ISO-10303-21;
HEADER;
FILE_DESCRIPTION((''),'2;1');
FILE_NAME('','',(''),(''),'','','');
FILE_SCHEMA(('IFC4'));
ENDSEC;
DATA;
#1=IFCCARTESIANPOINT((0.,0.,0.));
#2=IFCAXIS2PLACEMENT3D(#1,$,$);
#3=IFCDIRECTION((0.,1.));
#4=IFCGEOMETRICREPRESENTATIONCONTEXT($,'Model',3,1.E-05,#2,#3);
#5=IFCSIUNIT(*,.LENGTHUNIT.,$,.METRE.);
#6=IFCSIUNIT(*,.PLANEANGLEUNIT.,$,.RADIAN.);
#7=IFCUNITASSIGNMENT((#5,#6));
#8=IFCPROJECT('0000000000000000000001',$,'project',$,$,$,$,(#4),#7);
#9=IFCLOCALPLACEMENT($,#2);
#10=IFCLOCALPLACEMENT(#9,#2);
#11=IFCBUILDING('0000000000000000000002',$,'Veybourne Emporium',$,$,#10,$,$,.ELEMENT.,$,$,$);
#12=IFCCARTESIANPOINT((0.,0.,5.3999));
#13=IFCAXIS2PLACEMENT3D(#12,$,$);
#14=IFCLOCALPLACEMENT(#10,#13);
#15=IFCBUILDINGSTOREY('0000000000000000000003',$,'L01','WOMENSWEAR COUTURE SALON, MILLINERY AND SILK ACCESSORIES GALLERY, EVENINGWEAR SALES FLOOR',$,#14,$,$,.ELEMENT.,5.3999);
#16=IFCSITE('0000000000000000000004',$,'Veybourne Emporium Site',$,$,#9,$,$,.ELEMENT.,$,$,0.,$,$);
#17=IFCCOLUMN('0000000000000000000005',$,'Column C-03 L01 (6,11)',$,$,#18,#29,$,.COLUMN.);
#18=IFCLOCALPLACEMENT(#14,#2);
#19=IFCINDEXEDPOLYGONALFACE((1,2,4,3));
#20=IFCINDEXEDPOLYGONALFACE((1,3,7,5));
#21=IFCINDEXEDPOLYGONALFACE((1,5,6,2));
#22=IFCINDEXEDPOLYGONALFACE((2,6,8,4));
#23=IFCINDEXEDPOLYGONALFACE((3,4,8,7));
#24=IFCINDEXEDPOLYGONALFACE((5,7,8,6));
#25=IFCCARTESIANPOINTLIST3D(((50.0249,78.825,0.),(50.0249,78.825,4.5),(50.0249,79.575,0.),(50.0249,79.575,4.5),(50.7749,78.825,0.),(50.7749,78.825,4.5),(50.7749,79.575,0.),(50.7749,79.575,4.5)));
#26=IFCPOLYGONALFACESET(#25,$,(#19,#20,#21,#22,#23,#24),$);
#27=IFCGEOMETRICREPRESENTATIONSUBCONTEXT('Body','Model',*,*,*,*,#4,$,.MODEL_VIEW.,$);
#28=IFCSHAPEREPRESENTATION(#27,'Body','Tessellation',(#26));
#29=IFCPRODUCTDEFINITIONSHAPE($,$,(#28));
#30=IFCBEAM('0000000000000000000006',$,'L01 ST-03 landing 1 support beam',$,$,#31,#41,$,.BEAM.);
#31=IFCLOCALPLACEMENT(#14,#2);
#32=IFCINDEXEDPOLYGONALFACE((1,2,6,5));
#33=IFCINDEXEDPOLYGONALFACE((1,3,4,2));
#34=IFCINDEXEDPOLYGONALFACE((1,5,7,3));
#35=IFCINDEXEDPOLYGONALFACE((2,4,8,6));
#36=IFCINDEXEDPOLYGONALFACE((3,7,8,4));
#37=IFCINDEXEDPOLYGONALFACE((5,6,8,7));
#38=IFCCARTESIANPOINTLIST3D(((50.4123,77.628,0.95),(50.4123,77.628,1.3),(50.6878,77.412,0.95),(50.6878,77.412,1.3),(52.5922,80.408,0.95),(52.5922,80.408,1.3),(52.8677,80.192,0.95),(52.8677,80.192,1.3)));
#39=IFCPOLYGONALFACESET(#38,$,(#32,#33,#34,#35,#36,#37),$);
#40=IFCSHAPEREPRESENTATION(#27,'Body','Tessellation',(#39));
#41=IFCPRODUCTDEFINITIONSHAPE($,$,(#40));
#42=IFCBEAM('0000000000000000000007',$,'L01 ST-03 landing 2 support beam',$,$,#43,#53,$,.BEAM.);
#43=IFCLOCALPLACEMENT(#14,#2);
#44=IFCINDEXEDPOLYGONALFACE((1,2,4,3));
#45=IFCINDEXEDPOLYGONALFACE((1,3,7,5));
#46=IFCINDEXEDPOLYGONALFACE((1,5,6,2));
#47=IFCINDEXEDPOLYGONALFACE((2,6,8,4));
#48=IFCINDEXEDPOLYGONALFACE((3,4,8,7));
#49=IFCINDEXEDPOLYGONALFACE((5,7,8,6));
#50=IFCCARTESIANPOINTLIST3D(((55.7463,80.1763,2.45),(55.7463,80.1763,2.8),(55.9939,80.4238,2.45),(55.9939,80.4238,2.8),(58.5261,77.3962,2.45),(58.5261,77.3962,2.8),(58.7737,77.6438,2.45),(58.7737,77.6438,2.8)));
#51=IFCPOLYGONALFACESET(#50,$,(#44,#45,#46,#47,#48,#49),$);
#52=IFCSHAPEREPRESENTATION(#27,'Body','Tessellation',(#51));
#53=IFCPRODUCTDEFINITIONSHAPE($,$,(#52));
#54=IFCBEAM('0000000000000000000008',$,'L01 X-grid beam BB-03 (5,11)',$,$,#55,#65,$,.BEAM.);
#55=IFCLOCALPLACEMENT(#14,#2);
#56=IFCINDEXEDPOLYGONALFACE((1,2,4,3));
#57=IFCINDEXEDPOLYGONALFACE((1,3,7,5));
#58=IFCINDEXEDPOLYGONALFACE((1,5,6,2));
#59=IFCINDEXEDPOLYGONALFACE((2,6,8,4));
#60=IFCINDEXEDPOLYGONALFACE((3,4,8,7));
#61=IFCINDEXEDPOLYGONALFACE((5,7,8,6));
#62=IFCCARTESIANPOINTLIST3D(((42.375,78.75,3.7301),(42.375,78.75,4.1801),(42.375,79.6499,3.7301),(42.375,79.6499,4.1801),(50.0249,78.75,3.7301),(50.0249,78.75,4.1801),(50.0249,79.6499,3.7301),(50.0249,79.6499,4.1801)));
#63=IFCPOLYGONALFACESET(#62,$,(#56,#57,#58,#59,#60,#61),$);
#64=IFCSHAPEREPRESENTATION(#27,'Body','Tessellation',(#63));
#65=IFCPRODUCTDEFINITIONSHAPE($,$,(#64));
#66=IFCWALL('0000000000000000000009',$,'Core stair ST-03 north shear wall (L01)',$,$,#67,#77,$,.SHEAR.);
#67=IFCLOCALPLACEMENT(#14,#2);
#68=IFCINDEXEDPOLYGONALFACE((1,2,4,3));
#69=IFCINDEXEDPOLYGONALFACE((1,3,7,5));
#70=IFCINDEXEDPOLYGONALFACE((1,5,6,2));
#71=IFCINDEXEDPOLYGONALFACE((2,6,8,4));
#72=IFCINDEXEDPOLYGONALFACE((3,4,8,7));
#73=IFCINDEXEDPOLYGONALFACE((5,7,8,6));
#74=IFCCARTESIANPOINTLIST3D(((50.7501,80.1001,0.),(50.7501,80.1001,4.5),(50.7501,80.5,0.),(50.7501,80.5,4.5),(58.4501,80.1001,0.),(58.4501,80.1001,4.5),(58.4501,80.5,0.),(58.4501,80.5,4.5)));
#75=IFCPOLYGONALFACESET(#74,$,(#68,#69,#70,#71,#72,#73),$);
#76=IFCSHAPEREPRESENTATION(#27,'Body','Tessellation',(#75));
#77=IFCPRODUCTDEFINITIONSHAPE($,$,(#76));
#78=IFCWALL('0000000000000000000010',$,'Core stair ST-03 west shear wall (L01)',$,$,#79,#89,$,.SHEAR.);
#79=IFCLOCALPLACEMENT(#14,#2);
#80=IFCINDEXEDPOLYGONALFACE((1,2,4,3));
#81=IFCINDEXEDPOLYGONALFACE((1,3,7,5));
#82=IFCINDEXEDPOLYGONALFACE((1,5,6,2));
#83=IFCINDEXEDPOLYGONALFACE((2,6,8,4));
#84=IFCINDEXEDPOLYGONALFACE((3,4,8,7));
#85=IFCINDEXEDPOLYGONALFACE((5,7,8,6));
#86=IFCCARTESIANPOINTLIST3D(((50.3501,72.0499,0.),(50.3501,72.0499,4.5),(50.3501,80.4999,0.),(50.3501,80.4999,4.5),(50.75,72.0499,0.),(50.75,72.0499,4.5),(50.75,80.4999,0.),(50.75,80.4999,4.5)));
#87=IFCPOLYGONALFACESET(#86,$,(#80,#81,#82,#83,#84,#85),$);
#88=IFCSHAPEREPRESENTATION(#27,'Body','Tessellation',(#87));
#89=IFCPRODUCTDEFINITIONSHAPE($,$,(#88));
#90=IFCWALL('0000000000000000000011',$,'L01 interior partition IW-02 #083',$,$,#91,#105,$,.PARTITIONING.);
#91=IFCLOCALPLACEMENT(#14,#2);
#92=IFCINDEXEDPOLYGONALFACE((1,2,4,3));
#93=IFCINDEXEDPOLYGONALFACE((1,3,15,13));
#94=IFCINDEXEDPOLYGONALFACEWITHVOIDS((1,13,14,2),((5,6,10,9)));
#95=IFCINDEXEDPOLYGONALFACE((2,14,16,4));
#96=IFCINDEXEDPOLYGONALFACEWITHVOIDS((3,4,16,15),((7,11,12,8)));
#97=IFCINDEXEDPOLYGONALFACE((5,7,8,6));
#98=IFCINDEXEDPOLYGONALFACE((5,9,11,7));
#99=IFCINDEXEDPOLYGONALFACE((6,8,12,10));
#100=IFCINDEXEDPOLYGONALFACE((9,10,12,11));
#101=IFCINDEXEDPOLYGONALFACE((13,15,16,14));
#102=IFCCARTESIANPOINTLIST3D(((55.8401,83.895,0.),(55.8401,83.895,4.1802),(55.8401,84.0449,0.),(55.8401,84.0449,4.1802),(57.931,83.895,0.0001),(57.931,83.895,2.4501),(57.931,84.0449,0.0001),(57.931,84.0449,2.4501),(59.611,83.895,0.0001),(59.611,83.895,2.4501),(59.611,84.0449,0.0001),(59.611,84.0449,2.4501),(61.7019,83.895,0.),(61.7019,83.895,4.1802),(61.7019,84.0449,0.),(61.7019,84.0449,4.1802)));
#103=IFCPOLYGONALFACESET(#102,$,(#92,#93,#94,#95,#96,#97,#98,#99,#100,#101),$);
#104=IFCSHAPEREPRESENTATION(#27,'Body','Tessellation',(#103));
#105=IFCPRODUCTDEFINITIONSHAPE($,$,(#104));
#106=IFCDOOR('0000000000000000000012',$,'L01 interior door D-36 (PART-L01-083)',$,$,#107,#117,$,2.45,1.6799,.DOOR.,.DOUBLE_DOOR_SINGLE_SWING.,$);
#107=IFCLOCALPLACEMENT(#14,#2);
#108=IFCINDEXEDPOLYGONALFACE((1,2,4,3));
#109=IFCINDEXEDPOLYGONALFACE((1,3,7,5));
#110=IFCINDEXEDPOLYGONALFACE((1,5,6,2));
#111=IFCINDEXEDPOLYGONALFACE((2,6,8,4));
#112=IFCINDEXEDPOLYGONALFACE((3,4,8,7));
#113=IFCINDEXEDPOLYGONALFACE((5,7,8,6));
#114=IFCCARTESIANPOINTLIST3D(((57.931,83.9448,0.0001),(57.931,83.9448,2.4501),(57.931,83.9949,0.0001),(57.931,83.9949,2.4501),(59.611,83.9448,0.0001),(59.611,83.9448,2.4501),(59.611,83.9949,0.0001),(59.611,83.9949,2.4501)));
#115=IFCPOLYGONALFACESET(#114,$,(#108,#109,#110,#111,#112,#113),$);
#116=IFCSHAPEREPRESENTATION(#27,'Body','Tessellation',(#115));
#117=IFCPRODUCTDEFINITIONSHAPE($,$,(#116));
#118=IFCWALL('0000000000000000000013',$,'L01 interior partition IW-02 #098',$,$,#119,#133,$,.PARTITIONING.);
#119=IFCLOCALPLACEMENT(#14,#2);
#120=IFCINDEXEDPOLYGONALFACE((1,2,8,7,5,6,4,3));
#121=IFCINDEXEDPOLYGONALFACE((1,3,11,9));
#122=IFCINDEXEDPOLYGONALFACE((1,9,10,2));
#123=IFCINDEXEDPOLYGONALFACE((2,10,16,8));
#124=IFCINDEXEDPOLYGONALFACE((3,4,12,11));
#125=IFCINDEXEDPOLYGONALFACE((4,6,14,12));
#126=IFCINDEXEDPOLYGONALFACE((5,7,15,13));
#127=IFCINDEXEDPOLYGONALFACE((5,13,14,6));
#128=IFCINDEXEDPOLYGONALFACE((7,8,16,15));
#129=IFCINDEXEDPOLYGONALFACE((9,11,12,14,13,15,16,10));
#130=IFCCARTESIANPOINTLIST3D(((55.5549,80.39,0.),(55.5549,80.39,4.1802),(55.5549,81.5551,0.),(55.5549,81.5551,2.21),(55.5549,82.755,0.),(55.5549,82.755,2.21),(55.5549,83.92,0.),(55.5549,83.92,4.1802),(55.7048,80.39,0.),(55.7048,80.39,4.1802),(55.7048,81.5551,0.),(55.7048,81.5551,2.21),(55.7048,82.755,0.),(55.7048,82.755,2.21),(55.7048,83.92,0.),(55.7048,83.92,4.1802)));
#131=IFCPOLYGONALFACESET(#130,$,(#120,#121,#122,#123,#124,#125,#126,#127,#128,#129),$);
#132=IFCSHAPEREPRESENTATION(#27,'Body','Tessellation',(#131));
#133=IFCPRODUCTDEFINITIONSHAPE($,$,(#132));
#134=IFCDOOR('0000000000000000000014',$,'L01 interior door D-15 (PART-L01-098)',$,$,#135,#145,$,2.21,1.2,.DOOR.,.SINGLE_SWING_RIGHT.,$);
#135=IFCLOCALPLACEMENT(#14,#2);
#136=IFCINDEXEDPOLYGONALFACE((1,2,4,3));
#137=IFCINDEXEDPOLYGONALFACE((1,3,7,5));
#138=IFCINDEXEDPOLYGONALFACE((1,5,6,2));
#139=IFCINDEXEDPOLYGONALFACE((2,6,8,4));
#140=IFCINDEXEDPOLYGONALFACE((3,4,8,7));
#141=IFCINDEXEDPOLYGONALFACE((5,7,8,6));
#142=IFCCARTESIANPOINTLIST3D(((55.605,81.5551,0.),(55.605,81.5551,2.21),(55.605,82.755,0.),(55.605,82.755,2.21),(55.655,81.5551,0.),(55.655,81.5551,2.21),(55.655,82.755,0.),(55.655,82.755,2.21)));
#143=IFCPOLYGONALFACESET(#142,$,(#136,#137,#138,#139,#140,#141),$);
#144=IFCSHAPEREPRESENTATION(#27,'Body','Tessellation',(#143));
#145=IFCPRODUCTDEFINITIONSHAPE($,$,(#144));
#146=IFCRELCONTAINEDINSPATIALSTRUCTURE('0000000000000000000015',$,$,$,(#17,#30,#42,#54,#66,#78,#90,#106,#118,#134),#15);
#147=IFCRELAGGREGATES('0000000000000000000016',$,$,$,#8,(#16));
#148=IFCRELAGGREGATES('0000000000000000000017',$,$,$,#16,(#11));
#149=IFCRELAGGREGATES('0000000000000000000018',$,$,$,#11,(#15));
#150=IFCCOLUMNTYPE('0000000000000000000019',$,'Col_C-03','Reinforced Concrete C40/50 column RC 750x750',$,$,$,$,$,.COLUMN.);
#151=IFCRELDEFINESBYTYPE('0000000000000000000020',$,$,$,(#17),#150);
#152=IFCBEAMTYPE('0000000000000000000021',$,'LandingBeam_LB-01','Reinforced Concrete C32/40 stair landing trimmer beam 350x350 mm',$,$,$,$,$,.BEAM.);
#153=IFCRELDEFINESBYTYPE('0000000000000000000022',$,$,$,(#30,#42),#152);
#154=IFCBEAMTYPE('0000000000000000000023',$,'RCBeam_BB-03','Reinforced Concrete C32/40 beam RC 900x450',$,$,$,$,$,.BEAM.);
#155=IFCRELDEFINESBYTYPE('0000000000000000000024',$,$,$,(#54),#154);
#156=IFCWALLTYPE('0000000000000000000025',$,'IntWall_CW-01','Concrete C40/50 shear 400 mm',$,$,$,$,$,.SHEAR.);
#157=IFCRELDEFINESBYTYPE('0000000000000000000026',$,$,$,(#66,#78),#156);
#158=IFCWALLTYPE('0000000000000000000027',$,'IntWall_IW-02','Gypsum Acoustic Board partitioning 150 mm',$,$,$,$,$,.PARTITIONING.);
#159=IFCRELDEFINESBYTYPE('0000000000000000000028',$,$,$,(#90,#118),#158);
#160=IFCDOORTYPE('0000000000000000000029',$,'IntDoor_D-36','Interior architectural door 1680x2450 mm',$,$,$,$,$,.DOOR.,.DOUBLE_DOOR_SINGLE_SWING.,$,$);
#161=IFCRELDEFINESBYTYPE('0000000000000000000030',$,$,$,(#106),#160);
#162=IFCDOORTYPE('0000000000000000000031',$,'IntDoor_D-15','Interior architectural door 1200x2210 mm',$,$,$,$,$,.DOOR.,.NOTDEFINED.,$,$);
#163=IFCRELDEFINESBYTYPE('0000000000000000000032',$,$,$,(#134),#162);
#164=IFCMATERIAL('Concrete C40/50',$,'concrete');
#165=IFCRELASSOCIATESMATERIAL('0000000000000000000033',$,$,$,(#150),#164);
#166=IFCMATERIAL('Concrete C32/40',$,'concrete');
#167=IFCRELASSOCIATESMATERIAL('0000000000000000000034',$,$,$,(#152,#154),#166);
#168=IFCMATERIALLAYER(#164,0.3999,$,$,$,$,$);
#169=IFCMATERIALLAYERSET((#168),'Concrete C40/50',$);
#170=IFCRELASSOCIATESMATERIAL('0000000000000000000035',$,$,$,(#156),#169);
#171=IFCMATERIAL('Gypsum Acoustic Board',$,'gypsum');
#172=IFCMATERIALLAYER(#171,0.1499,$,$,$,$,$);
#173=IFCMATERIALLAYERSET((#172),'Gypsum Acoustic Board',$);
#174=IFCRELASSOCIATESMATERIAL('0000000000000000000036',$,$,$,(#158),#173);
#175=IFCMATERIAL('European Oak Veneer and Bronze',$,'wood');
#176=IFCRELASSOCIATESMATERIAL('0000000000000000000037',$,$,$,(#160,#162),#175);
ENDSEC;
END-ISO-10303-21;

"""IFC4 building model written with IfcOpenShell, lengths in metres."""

from ifc_helpers import new_model, si_unit, direction, frame, frame_2d, origin, origin_2d, place, context, subcontext, project, spatial, rectangle, extrude, material, layer, layer_set, material_profile, profile_set, type_object, element, fill, save


model = new_model("IFC4")

# Units and contexts
model_context = context("Model", 3, precision=1e-05, world=origin(), true_north=direction((0.0, 1.0)))
body_context = subcontext(model_context, "Body", "Model", "MODEL_VIEW")
ifc_project = project(units=[si_unit("LENGTHUNIT", "METRE"), si_unit("PLANEANGLEUNIT", "RADIAN")], contexts=[model_context])

# Site, building, storey
site_placement = place(None, origin())
site = spatial("IfcSite", under=ifc_project, at=site_placement, Name="Veybourne Emporium Site", CompositionType="ELEMENT", RefElevation=0.0)
building_placement = place(site_placement, origin())
building = spatial("IfcBuilding", under=site, at=building_placement, Name="Veybourne Emporium", CompositionType="ELEMENT")
storey_placement = place(building_placement, frame((0.0, 0.0, 5.3999)))
storey = spatial("IfcBuildingStorey", under=building, at=storey_placement, Name="L01", Description="WOMENSWEAR COUTURE SALON, MILLINERY AND SILK ACCESSORIES GALLERY, EVENINGWEAR SALES FLOOR", CompositionType="ELEMENT", Elevation=5.3999)

# Column
ifc_material_1 = material(Name="Concrete C40/50", Category="concrete")
ifc_material_profile_1 = material_profile(ifc_material_1, rectangle(XDim=0.75, YDim=0.75, at=origin_2d()), Name="RC 750x750")
ifc_profile_set_1 = profile_set([ifc_material_profile_1], Name="Concrete C40/50")
column_type = type_object("IfcColumnType", Name="Col_C-03", Description="Reinforced Concrete C40/50 column RC 750x750", PredefinedType="COLUMN", material=ifc_profile_set_1)
column_placement = place(storey_placement, frame((50.3999, 79.2, 0.0), z_axis=(0.0, 0.0, 1.0), x_axis=(1.0, 0.0, 0.0)))
element("IfcColumn", 1, at=column_placement, inside=storey, type_object=column_type, Name="Column C-03 L01 (6,11)", PredefinedType="COLUMN", context=body_context, shape_type="SweptSolid", body=[
    extrude(rectangle(XDim=0.75, YDim=0.75, at=origin_2d()), origin(), (0.0, 0.0, 1.0), 4.5),
])

# Beams
ifc_material_2 = material(Name="Concrete C32/40", Category="concrete")
ifc_material_profile_2 = material_profile(ifc_material_2, rectangle(XDim=0.3501, YDim=0.3501, at=origin_2d()), Name="RC 350x350")
ifc_profile_set_2 = profile_set([ifc_material_profile_2], Name="Concrete C32/40")
beam_type_1 = type_object("IfcBeamType", Name="LandingBeam_LB-01", Description="Reinforced Concrete C32/40 stair landing trimmer beam 350x350 mm", PredefinedType="BEAM", material=ifc_profile_set_2)
beam_1_placement = place(storey_placement, frame((50.55, 77.52, 1.125), z_axis=(0.617055, 0.78692, 0.0), x_axis=(-0.78692, 0.617055, 0.0)))
element("IfcBeam", 2, at=beam_1_placement, inside=storey, type_object=beam_type_1, Name="L01 ST-03 landing 1 support beam", PredefinedType="BEAM", context=body_context, shape_type="SweptSolid", body=[
    extrude(rectangle(XDim=0.3501, YDim=0.3501, at=origin_2d()), origin(), (0.0, 0.0, 1.0), 3.5327),
])
beam_2_placement = place(storey_placement, frame((55.8701, 80.3, 2.625), z_axis=(0.707076, -0.707138, 0.0), x_axis=(0.707138, 0.707076, 0.0)))
element("IfcBeam", 3, at=beam_2_placement, inside=storey, type_object=beam_type_1, Name="L01 ST-03 landing 2 support beam", PredefinedType="BEAM", context=body_context, shape_type="SweptSolid", body=[
    extrude(rectangle(XDim=0.3501, YDim=0.3501, at=origin_2d()), origin(), (0.0, 0.0, 1.0), 3.9314),
])
ifc_material_profile_3 = material_profile(ifc_material_2, rectangle(XDim=0.8999, YDim=0.45, at=origin_2d()), Name="RC 900x450")
ifc_profile_set_3 = profile_set([ifc_material_profile_3], Name="Concrete C32/40")
beam_type_2 = type_object("IfcBeamType", Name="RCBeam_BB-03", Description="Reinforced Concrete C32/40 beam RC 900x450", PredefinedType="BEAM", material=ifc_profile_set_3)
beam_3_placement = place(storey_placement, frame((42.375, 79.2, 3.9551), z_axis=(1.0, 0.0, 0.0), x_axis=(0.0, 1.0, 0.0)))
element("IfcBeam", 4, at=beam_3_placement, inside=storey, type_object=beam_type_2, Name="L01 X-grid beam BB-03 (5,11)", PredefinedType="BEAM", context=body_context, shape_type="SweptSolid", body=[
    extrude(rectangle(XDim=0.8999, YDim=0.45, at=origin_2d()), origin(), (0.0, 0.0, 1.0), 7.6499),
])

# Walls
ifc_layer_1 = layer(ifc_material_1, 0.3999)
ifc_layer_set_1 = layer_set([ifc_layer_1], Name="Concrete C40/50")
wall_type_1 = type_object("IfcWallType", Name="IntWall_CW-01", Description="Concrete C40/50 shear 400 mm", PredefinedType="SHEAR", material=ifc_layer_set_1)
wall_1_placement = place(storey_placement, frame((50.75, 80.3, 0.0), z_axis=(0.0, 0.0, 1.0), x_axis=(1.0, 0.0, 0.0)))
element("IfcWall", 5, at=wall_1_placement, inside=storey, type_object=wall_type_1, Name="Core stair ST-03 north shear wall (L01)", PredefinedType="SHEAR", context=body_context, shape_type="SweptSolid", body=[
    extrude(rectangle(XDim=7.7, YDim=0.3999, at=frame_2d((3.8501, 0.0))), origin(), (0.0, 0.0, 1.0), 4.5),
])
wall_2_placement = place(storey_placement, frame((50.55, 80.5, 0.0), z_axis=(0.0, 0.0, 1.0), x_axis=(0.0, -1.0, 0.0)))
element("IfcWall", 6, at=wall_2_placement, inside=storey, type_object=wall_type_1, Name="Core stair ST-03 west shear wall (L01)", PredefinedType="SHEAR", context=body_context, shape_type="SweptSolid", body=[
    extrude(rectangle(XDim=8.45, YDim=0.3999, at=frame_2d((4.2251, 0.0))), origin(), (0.0, 0.0, 1.0), 4.5),
])

# Walls, openings, doors
ifc_material_3 = material(Name="Gypsum Acoustic Board", Category="gypsum")
ifc_layer_2 = layer(ifc_material_3, 0.1499)
ifc_layer_set_2 = layer_set([ifc_layer_2], Name="Gypsum Acoustic Board")
wall_type_2 = type_object("IfcWallType", Name="IntWall_IW-02", Description="Gypsum Acoustic Board partitioning 150 mm", PredefinedType="PARTITIONING", material=ifc_layer_set_2)
wall_3_placement = place(storey_placement, frame((55.8401, 83.97, 0.0), z_axis=(0.0, 0.0, 1.0), x_axis=(1.0, 0.0, 0.0)))
wall_3 = element("IfcWall", 7, at=wall_3_placement, inside=storey, type_object=wall_type_2, Name="L01 interior partition IW-02 #083", PredefinedType="PARTITIONING", context=body_context, shape_type="SweptSolid", body=[
    extrude(rectangle(XDim=5.8618, YDim=0.1499, at=frame_2d((2.9309, 0.0))), origin(), (0.0, 0.0, 1.0), 4.1802),
])
opening_1_placement = place(wall_3_placement, frame((2.0911, 0.0, 0.0)))
opening_1 = element("IfcOpeningElement", 8, at=opening_1_placement, cuts=wall_3, PredefinedType="OPENING", context=body_context, shape_type="SweptSolid", body=[
    extrude(rectangle(XDim=1.6799, YDim=2.45, at=frame_2d((0.8398, 1.2251))), frame((0.0, 0.095, 0.0), z_axis=(0.0, -1.0, 0.0), x_axis=(1.0, 0.0, 0.0)), (0.0, 0.0, 1.0), 0.1899),
])
ifc_material_4 = material(Name="European Oak Veneer and Bronze", Category="wood")
door_type_1 = type_object("IfcDoorType", Name="IntDoor_D-36", Description="Interior architectural door 1680x2450 mm", OperationType="DOUBLE_DOOR_SINGLE_SWING", PredefinedType="DOOR", material=ifc_material_4)
door_1_placement = place(opening_1_placement, origin())
door_1 = element("IfcDoor", 9, at=door_1_placement, inside=storey, type_object=door_type_1, Name="L01 interior door D-36 (PART-L01-083)", OperationType="DOUBLE_DOOR_SINGLE_SWING", OverallHeight=2.45, OverallWidth=1.6799, PredefinedType="DOOR", context=body_context, shape_type="SweptSolid", body=[
    extrude(rectangle(XDim=1.6799, YDim=2.45, at=frame_2d((0.8398, 1.2251))), frame((0.0, 0.0249, 0.0), z_axis=(0.0, -1.0, 0.0), x_axis=(1.0, 0.0, 0.0)), (0.0, 0.0, 1.0), 0.05),
])
fill(opening_1, door_1)
wall_4_placement = place(storey_placement, frame((55.6299, 80.3899, 0.0), z_axis=(0.0, 0.0, 1.0), x_axis=(0.0, 1.0, 0.0)))
wall_4 = element("IfcWall", 10, at=wall_4_placement, inside=storey, type_object=wall_type_2, Name="L01 interior partition IW-02 #098", PredefinedType="PARTITIONING", context=body_context, shape_type="SweptSolid", body=[
    extrude(rectangle(XDim=3.53, YDim=0.1499, at=frame_2d((1.7651, 0.0))), origin(), (0.0, 0.0, 1.0), 4.1802),
])
opening_2_placement = place(wall_4_placement, frame((1.165, 0.0, 0.0)))
opening_2 = element("IfcOpeningElement", 11, at=opening_2_placement, cuts=wall_4, PredefinedType="OPENING", context=body_context, shape_type="SweptSolid", body=[
    extrude(rectangle(XDim=1.2, YDim=2.21, at=frame_2d((0.6001, 1.105))), frame((0.0, 0.095, 0.0), z_axis=(0.0, -1.0, 0.0), x_axis=(1.0, 0.0, 0.0)), (0.0, 0.0, 1.0), 0.1899),
])
door_type_2 = type_object("IfcDoorType", Name="IntDoor_D-15", Description="Interior architectural door 1200x2210 mm", OperationType="NOTDEFINED", PredefinedType="DOOR", material=ifc_material_4)
door_2_placement = place(opening_2_placement, origin())
door_2 = element("IfcDoor", 12, at=door_2_placement, inside=storey, type_object=door_type_2, Name="L01 interior door D-15 (PART-L01-098)", OperationType="SINGLE_SWING_RIGHT", OverallHeight=2.21, OverallWidth=1.2, PredefinedType="DOOR", context=body_context, shape_type="SweptSolid", body=[
    extrude(rectangle(XDim=1.2, YDim=2.21, at=frame_2d((0.6001, 1.105))), frame((0.0, 0.0249, 0.0), z_axis=(0.0, -1.0, 0.0), x_axis=(1.0, 0.0, 0.0)), (0.0, 0.0, 1.0), 0.05),
])
fill(opening_2, door_2)

save(model, "model.ifc")
